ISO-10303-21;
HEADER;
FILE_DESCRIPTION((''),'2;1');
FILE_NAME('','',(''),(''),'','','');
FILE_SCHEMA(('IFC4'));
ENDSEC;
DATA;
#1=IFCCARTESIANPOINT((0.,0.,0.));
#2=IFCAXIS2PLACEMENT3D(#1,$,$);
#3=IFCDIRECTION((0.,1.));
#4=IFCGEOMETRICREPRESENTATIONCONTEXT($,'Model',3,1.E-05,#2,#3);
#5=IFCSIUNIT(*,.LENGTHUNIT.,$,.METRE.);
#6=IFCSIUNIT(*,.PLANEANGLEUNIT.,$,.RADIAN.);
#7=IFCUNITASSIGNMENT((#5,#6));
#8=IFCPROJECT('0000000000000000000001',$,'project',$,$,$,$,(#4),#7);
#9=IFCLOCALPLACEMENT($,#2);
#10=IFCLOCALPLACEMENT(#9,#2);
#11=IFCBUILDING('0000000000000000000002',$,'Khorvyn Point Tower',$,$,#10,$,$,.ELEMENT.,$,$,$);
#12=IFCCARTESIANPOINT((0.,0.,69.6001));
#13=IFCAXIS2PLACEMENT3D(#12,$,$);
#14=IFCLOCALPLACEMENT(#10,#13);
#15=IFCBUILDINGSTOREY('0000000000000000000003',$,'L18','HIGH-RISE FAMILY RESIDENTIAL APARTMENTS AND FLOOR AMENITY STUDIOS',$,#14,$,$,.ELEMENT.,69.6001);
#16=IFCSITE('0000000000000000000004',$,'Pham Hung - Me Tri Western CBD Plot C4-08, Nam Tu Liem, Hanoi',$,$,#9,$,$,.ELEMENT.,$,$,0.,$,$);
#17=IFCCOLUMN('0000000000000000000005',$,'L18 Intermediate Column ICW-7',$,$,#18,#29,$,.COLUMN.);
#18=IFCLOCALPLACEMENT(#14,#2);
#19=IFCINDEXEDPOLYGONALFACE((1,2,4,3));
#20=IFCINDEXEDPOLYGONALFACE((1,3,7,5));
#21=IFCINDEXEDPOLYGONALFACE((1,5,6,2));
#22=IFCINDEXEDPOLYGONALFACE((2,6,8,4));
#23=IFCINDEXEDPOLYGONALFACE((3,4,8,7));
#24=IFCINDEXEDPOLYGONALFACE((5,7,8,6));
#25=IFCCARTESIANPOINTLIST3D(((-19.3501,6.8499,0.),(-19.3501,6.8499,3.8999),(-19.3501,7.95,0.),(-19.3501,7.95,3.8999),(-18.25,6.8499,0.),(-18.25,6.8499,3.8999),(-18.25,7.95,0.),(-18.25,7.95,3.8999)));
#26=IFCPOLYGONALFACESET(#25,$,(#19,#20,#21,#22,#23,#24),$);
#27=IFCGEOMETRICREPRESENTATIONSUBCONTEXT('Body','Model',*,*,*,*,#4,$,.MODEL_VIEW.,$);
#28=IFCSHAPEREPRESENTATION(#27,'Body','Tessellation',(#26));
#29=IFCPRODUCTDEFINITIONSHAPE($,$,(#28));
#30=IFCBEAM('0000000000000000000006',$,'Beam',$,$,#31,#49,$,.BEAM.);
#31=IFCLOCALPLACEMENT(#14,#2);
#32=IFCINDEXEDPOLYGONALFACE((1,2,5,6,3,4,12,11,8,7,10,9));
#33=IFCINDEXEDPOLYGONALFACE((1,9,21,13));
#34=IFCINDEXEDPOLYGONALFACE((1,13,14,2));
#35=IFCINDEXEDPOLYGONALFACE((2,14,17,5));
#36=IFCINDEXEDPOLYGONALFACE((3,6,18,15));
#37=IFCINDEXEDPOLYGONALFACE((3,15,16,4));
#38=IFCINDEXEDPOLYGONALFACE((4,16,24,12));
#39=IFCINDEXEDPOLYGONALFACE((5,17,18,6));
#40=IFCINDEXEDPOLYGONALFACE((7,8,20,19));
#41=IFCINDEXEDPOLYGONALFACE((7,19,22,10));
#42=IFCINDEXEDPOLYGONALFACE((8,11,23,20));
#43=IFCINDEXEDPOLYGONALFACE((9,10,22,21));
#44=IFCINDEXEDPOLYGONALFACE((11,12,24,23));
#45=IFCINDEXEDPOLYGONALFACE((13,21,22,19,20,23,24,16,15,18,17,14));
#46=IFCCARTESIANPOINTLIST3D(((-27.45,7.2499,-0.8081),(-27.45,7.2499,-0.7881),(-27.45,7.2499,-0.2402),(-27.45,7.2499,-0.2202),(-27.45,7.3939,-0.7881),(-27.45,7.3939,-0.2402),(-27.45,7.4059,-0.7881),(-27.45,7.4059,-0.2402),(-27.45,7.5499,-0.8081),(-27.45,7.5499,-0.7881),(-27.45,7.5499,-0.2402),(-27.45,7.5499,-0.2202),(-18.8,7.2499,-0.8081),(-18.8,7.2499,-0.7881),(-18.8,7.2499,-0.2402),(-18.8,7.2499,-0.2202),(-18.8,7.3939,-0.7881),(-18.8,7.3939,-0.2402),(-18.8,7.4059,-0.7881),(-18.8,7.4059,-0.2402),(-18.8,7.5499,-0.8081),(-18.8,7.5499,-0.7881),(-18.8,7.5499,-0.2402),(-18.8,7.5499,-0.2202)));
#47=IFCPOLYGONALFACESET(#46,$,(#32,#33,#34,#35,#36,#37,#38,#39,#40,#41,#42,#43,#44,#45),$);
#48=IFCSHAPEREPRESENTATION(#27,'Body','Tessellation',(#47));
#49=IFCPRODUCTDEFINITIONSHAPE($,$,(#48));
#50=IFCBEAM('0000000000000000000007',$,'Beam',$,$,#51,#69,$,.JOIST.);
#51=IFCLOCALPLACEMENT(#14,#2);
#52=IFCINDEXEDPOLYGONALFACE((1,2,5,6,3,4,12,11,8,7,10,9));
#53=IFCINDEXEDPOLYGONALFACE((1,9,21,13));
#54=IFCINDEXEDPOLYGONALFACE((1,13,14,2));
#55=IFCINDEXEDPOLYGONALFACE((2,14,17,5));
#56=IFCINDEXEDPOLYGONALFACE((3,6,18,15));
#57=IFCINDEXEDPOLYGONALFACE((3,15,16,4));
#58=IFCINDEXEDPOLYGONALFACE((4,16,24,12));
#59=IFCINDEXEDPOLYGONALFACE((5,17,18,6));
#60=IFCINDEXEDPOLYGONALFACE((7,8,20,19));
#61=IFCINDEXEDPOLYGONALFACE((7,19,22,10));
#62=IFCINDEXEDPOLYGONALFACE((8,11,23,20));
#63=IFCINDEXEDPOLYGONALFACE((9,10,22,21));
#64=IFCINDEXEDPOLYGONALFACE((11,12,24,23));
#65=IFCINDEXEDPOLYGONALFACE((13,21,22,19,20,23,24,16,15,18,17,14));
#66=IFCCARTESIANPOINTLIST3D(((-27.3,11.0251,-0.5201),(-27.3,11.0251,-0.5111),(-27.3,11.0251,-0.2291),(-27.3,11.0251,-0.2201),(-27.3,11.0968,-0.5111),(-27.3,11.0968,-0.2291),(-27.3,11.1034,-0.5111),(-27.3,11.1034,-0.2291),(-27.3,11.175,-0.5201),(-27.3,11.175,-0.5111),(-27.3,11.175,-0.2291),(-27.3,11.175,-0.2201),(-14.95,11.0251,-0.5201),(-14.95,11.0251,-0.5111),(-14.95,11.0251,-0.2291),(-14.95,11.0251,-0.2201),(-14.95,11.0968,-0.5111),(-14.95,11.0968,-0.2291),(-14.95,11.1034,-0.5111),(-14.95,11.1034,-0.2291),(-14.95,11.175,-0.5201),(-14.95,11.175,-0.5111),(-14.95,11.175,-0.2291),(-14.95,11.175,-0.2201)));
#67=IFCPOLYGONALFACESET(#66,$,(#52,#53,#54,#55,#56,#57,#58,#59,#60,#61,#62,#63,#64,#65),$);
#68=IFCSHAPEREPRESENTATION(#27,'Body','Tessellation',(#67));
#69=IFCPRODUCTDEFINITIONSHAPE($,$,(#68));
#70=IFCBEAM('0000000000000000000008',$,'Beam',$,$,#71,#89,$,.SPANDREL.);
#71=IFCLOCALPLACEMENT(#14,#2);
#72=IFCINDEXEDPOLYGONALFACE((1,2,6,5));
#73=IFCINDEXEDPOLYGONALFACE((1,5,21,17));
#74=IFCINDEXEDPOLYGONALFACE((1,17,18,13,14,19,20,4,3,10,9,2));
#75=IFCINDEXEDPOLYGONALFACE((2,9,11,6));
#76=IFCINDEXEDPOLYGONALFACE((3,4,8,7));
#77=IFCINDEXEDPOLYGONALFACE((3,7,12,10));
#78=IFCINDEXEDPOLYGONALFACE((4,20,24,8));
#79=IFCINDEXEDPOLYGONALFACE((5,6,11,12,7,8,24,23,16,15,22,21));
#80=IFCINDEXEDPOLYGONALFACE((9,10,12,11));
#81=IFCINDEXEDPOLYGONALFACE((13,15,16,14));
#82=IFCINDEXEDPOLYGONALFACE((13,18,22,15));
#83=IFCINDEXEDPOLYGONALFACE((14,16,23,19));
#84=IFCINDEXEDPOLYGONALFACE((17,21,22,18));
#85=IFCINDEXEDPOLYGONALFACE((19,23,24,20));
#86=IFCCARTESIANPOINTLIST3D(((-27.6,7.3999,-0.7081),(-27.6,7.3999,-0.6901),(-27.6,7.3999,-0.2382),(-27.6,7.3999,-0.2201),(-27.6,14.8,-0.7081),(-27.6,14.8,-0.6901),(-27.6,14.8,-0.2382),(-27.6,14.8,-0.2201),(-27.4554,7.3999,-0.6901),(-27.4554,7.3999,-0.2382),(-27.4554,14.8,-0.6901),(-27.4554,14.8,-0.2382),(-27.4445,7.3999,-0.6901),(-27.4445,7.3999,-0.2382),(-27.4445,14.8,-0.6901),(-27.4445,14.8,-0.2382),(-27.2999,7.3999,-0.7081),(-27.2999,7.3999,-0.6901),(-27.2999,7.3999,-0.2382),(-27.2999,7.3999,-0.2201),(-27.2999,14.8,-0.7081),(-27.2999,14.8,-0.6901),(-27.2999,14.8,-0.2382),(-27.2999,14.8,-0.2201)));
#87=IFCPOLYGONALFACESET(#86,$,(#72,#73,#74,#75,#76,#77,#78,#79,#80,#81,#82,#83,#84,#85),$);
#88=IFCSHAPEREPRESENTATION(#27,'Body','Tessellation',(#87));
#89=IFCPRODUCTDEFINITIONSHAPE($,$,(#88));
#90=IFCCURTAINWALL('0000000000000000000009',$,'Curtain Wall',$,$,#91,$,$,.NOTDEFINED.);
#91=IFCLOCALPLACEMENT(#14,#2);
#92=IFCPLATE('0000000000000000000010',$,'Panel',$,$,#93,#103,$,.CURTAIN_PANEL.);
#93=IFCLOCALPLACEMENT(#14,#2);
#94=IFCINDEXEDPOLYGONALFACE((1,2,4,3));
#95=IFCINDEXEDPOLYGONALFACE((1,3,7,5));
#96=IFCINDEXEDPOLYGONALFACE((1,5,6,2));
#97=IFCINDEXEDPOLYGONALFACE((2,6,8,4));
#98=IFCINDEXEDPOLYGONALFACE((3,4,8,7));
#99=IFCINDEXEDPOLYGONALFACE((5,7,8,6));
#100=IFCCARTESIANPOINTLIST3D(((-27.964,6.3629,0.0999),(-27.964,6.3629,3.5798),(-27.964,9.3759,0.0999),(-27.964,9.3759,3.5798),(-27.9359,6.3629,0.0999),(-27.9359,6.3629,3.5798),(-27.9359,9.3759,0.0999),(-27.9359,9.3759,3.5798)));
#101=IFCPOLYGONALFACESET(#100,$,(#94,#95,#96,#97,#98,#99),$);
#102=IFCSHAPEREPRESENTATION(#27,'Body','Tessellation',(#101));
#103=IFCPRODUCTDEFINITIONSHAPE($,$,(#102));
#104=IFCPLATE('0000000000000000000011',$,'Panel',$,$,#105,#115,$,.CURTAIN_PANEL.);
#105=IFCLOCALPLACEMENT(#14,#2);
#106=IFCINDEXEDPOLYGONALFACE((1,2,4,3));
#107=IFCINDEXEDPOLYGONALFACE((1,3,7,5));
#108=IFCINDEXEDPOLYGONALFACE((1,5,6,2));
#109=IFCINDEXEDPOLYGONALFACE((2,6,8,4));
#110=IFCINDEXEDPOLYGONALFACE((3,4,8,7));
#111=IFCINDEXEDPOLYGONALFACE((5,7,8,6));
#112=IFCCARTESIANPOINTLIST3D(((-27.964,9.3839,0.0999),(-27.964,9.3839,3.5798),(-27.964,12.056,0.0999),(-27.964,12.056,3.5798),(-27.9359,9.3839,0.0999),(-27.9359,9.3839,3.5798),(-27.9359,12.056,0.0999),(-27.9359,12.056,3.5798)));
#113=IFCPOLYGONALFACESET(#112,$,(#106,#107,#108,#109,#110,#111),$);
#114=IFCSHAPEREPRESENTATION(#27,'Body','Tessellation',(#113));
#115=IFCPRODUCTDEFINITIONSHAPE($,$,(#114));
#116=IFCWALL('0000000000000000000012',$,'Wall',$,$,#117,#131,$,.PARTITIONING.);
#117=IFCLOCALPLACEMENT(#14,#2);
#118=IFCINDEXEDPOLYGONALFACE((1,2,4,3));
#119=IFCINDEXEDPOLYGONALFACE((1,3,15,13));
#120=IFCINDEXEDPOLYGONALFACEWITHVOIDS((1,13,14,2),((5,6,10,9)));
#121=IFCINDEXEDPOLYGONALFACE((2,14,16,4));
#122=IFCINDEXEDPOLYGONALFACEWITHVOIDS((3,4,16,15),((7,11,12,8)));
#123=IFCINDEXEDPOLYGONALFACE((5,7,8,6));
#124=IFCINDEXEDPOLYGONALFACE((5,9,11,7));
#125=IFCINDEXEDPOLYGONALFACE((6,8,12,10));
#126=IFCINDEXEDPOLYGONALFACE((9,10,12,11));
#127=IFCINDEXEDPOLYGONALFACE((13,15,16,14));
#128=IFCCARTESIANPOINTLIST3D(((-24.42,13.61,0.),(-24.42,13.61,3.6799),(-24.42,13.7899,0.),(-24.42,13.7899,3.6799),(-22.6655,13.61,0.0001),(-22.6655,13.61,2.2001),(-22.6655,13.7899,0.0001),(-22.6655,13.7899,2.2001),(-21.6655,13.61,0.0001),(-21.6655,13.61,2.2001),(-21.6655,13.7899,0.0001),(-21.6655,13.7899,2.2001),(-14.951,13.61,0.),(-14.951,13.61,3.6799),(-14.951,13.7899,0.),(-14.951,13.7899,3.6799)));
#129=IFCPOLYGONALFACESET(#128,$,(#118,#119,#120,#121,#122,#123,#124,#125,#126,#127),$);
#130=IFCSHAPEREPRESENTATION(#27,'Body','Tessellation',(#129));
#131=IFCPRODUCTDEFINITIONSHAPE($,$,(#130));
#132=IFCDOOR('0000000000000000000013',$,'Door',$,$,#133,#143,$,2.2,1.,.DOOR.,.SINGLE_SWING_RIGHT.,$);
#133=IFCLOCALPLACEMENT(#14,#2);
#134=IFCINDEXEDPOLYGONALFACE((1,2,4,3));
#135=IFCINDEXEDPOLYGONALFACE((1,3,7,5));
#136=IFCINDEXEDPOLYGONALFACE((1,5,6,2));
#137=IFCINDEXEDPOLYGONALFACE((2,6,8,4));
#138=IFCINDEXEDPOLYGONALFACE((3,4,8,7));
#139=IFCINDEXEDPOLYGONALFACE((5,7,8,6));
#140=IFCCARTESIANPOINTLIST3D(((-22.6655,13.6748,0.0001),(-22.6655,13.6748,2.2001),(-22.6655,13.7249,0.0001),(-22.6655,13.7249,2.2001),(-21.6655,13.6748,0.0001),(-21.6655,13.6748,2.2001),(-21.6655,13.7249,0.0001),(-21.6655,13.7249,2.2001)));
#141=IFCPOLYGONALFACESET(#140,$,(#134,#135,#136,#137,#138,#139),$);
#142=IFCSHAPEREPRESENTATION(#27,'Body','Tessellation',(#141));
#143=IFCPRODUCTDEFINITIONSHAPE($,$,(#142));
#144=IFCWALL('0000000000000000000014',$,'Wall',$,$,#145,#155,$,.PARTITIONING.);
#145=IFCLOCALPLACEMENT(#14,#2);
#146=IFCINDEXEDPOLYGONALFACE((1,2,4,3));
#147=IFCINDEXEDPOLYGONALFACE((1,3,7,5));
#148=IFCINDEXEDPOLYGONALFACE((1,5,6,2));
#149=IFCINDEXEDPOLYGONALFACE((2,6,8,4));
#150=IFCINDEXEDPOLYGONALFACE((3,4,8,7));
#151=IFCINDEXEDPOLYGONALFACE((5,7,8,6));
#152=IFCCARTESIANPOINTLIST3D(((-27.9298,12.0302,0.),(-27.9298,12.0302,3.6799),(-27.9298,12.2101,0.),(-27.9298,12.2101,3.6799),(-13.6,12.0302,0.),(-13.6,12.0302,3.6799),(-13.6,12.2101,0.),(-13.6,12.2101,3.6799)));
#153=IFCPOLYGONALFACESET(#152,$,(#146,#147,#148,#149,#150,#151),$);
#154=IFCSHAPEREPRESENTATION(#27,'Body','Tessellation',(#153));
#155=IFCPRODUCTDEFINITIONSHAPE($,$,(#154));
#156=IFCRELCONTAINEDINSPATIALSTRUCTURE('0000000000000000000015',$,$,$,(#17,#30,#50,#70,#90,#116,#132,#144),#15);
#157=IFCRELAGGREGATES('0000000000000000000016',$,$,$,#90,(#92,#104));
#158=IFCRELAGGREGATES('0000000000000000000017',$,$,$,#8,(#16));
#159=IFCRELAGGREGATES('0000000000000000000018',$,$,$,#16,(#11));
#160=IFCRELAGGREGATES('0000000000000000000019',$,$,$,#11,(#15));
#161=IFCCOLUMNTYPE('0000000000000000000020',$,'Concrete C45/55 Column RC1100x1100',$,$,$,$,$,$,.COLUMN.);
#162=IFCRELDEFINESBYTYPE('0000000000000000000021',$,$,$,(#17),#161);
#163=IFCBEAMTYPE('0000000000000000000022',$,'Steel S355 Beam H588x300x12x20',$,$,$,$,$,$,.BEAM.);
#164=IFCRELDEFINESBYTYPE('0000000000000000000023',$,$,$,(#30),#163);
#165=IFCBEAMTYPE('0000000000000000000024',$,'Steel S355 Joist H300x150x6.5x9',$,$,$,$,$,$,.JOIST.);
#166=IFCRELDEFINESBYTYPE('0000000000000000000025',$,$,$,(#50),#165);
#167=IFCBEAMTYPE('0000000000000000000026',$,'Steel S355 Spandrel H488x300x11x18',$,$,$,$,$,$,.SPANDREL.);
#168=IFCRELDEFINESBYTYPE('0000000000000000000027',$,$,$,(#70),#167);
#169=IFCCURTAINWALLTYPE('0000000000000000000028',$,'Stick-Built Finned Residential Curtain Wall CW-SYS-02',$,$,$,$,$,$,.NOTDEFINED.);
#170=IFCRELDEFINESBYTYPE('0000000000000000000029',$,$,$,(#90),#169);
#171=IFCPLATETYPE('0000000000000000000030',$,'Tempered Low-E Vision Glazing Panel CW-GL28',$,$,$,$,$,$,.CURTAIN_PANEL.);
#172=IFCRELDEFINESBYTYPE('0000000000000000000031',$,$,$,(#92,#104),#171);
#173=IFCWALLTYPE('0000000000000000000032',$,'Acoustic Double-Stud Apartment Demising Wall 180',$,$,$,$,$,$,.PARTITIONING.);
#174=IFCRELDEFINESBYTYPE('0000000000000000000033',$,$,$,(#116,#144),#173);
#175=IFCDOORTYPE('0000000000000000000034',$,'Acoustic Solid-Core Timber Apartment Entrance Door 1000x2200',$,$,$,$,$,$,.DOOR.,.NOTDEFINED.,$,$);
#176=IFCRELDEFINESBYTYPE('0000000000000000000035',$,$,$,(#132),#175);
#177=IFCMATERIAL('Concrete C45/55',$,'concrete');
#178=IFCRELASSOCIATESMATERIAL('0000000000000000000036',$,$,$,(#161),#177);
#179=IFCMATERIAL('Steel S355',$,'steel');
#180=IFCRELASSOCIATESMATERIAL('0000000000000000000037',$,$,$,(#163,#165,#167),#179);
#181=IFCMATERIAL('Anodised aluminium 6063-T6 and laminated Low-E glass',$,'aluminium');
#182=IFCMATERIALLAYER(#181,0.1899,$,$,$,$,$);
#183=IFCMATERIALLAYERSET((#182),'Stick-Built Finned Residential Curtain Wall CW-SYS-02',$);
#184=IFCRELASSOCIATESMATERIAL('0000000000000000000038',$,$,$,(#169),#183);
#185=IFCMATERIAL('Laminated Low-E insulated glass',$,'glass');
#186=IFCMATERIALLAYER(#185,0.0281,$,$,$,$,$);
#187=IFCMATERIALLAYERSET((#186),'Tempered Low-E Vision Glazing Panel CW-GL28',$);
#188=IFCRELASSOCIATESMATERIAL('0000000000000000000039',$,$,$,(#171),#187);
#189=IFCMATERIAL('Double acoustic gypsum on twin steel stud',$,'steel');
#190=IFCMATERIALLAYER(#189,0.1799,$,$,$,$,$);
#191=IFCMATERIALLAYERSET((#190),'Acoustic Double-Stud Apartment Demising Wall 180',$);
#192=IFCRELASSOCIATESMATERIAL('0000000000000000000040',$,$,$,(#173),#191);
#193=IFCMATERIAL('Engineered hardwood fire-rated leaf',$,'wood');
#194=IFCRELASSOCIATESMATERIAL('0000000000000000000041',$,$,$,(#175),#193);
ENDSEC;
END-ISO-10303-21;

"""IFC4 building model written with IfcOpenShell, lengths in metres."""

from ifc_helpers import new_model, si_unit, direction, frame, frame_2d, origin, origin_2d, place, context, subcontext, project, spatial, rectangle, i_section, extrude, material, layer, layer_set, material_profile, profile_set, type_object, element, fill, aggregate, save


model = new_model("IFC4")

# Units and contexts
model_context = context("Model", 3, precision=1e-05, world=origin(), true_north=direction((0.0, 1.0)))
body_context = subcontext(model_context, "Body", "Model", "MODEL_VIEW")
ifc_project = project(units=[si_unit("LENGTHUNIT", "METRE"), si_unit("PLANEANGLEUNIT", "RADIAN")], contexts=[model_context])

# Site, building, storey
site_placement = place(None, origin())
site = spatial("IfcSite", under=ifc_project, at=site_placement, Name="Pham Hung - Me Tri Western CBD Plot C4-08, Nam Tu Liem, Hanoi", CompositionType="ELEMENT", RefElevation=0.0)
building_placement = place(site_placement, origin())
building = spatial("IfcBuilding", under=site, at=building_placement, Name="Khorvyn Point Tower", CompositionType="ELEMENT")
storey_placement = place(building_placement, frame((0.0, 0.0, 69.6001)))
storey = spatial("IfcBuildingStorey", under=building, at=storey_placement, Name="L18", Description="HIGH-RISE FAMILY RESIDENTIAL APARTMENTS AND FLOOR AMENITY STUDIOS", CompositionType="ELEMENT", Elevation=69.6001)

# Column
ifc_material_1 = material(Name="Concrete C45/55", Category="concrete")
ifc_material_profile_1 = material_profile(ifc_material_1, rectangle(XDim=1.1001, YDim=1.1001, at=origin_2d()))
ifc_profile_set_1 = profile_set([ifc_material_profile_1], Name="Concrete C45/55 RC1100x1100")
column_type = type_object("IfcColumnType", Name="Concrete C45/55 Column RC1100x1100", PredefinedType="COLUMN", material=ifc_profile_set_1)
column_placement = place(storey_placement, frame((-18.8, 7.3999, 0.0), z_axis=(0.0, 0.0, 1.0), x_axis=(1.0, 0.0, 0.0)))
element("IfcColumn", 1, at=column_placement, inside=storey, type_object=column_type, Name="L18 Intermediate Column ICW-7", PredefinedType="COLUMN", context=body_context, shape_type="SweptSolid", body=[
    extrude(rectangle(XDim=1.1001, YDim=1.1001, at=origin_2d()), origin(), (0.0, 0.0, 1.0), 3.8999),
])

# Beams
ifc_material_2 = material(Name="Steel S355", Category="steel")
ifc_material_profile_2 = material_profile(ifc_material_2, i_section(OverallWidth=0.3, OverallDepth=0.5879, WebThickness=0.012, FlangeThickness=0.02, at=origin_2d()))
ifc_profile_set_2 = profile_set([ifc_material_profile_2], Name="Steel S355 H588x300x12x20")
beam_type_1 = type_object("IfcBeamType", Name="Steel S355 Beam H588x300x12x20", PredefinedType="BEAM", material=ifc_profile_set_2)
beam_1_placement = place(storey_placement, frame((-27.45, 7.3999, -0.5142), z_axis=(1.0, 0.0, 0.0), x_axis=(0.0, 1.0, 0.0)))
element("IfcBeam", 2, at=beam_1_placement, inside=storey, type_object=beam_type_1, Name="Beam", PredefinedType="BEAM", context=body_context, shape_type="SweptSolid", body=[
    extrude(i_section(OverallWidth=0.3, OverallDepth=0.5879, WebThickness=0.012, FlangeThickness=0.02, at=origin_2d()), origin(), (0.0, 0.0, 1.0), 8.6499),
])
ifc_material_profile_3 = material_profile(ifc_material_2, i_section(OverallWidth=0.1499, OverallDepth=0.3, WebThickness=0.0066, FlangeThickness=0.009, at=origin_2d()))
ifc_profile_set_3 = profile_set([ifc_material_profile_3], Name="Steel S355 H300x150x6.5x9")
beam_type_2 = type_object("IfcBeamType", Name="Steel S355 Joist H300x150x6.5x9", PredefinedType="JOIST", material=ifc_profile_set_3)
beam_2_placement = place(storey_placement, frame((-27.3, 11.1001, -0.3701), z_axis=(1.0, 0.0, 0.0), x_axis=(0.0, 1.0, 0.0)))
element("IfcBeam", 3, at=beam_2_placement, inside=storey, type_object=beam_type_2, Name="Beam", PredefinedType="JOIST", context=body_context, shape_type="SweptSolid", body=[
    extrude(i_section(OverallWidth=0.1499, OverallDepth=0.3, WebThickness=0.0066, FlangeThickness=0.009, at=origin_2d()), origin(), (0.0, 0.0, 1.0), 12.3501),
])
ifc_material_profile_4 = material_profile(ifc_material_2, i_section(OverallWidth=0.3, OverallDepth=0.488, WebThickness=0.011, FlangeThickness=0.0181, at=origin_2d()))
ifc_profile_set_4 = profile_set([ifc_material_profile_4], Name="Steel S355 H488x300x11x18")
beam_type_3 = type_object("IfcBeamType", Name="Steel S355 Spandrel H488x300x11x18", PredefinedType="SPANDREL", material=ifc_profile_set_4)
beam_3_placement = place(storey_placement, frame((-27.45, 7.3999, -0.4641), z_axis=(0.0, 1.0, 0.0), x_axis=(-1.0, 0.0, 0.0)))
element("IfcBeam", 4, at=beam_3_placement, inside=storey, type_object=beam_type_3, Name="Beam", PredefinedType="SPANDREL", context=body_context, shape_type="SweptSolid", body=[
    extrude(i_section(OverallWidth=0.3, OverallDepth=0.488, WebThickness=0.011, FlangeThickness=0.0181, at=origin_2d()), origin(), (0.0, 0.0, 1.0), 7.4001),
])

# Curtain wall, plates
ifc_material_3 = material(Name="Anodised aluminium 6063-T6 and laminated Low-E glass", Category="aluminium")
ifc_layer_1 = layer(ifc_material_3, 0.1899)
ifc_layer_set_1 = layer_set([ifc_layer_1], Name="Stick-Built Finned Residential Curtain Wall CW-SYS-02")
curtain_wall_type = type_object("IfcCurtainWallType", Name="Stick-Built Finned Residential Curtain Wall CW-SYS-02", PredefinedType="NOTDEFINED", material=ifc_layer_set_1)
curtain_wall_placement = place(storey_placement, origin())
curtain_wall = element("IfcCurtainWall", 5, at=curtain_wall_placement, inside=storey, type_object=curtain_wall_type, Name="Curtain Wall", PredefinedType="NOTDEFINED")
ifc_material_4 = material(Name="Laminated Low-E insulated glass", Category="glass")
ifc_layer_2 = layer(ifc_material_4, 0.0281)
ifc_layer_set_2 = layer_set([ifc_layer_2], Name="Tempered Low-E Vision Glazing Panel CW-GL28")
plate_type = type_object("IfcPlateType", Name="Tempered Low-E Vision Glazing Panel CW-GL28", PredefinedType="CURTAIN_PANEL", material=ifc_layer_set_2)
plate_1_placement = place(storey_placement, frame((-27.95, 7.8694, 0.0999), z_axis=(0.0, 0.0, 1.0), x_axis=(0.0, 1.0, 0.0)))
plate_1 = element("IfcPlate", 6, at=plate_1_placement, type_object=plate_type, Name="Panel", PredefinedType="CURTAIN_PANEL", context=body_context, shape_type="SweptSolid", body=[
    extrude(rectangle(XDim=3.0129, YDim=0.0281, at=origin_2d()), origin(), (0.0, 0.0, 1.0), 3.48),
])
plate_2_placement = place(storey_placement, frame((-27.95, 10.72, 0.0999), z_axis=(0.0, 0.0, 1.0), x_axis=(0.0, 1.0, 0.0)))
plate_2 = element("IfcPlate", 7, at=plate_2_placement, type_object=plate_type, Name="Panel", PredefinedType="CURTAIN_PANEL", context=body_context, shape_type="SweptSolid", body=[
    extrude(rectangle(XDim=2.6721, YDim=0.0281, at=origin_2d()), origin(), (0.0, 0.0, 1.0), 3.48),
])
aggregate(curtain_wall, [plate_1, plate_2])

# Wall, opening, door
ifc_material_5 = material(Name="Double acoustic gypsum on twin steel stud", Category="steel")
ifc_layer_3 = layer(ifc_material_5, 0.1799)
ifc_layer_set_3 = layer_set([ifc_layer_3], Name="Acoustic Double-Stud Apartment Demising Wall 180")
wall_type_1 = type_object("IfcWallType", Name="Acoustic Double-Stud Apartment Demising Wall 180", PredefinedType="PARTITIONING", material=ifc_layer_set_3)
wall_1_placement = place(storey_placement, frame((-24.4199, 13.7, 0.0), z_axis=(0.0, 0.0, 1.0), x_axis=(1.0, 0.0, 0.0)))
wall_1 = element("IfcWall", 8, at=wall_1_placement, inside=storey, type_object=wall_type_1, Name="Wall", PredefinedType="PARTITIONING", context=body_context, shape_type="SweptSolid", body=[
    extrude(rectangle(XDim=9.469, YDim=0.1799, at=frame_2d((4.7344, 0.0))), origin(), (0.0, 0.0, 1.0), 3.6799),
])
opening_1_placement = place(wall_1_placement, frame((1.7544, 0.0, 0.0)))
opening_1 = element("IfcOpeningElement", 9, at=opening_1_placement, cuts=wall_1, PredefinedType="OPENING", context=body_context, shape_type="SweptSolid", body=[
    extrude(rectangle(XDim=1.0, YDim=2.2, at=frame_2d((0.5, 1.1001))), frame((0.0, 0.0999, 0.0), z_axis=(0.0, -1.0, 0.0), x_axis=(1.0, 0.0, 0.0)), (0.0, 0.0, 1.0), 0.2),
])
ifc_material_6 = material(Name="Engineered hardwood fire-rated leaf", Category="wood")
door_type_1 = type_object("IfcDoorType", Name="Acoustic Solid-Core Timber Apartment Entrance Door 1000x2200", OperationType="NOTDEFINED", PredefinedType="DOOR", material=ifc_material_6)
door_1_placement = place(opening_1_placement, origin())
door_1 = element("IfcDoor", 10, at=door_1_placement, inside=storey, type_object=door_type_1, Name="Door", OperationType="SINGLE_SWING_RIGHT", OverallHeight=2.2, OverallWidth=1.0, PredefinedType="DOOR", context=body_context, shape_type="SweptSolid", body=[
    extrude(rectangle(XDim=1.0, YDim=2.2, at=frame_2d((0.5, 1.1001))), frame((0.0, 0.0249, 0.0), z_axis=(0.0, -1.0, 0.0), x_axis=(1.0, 0.0, 0.0)), (0.0, 0.0, 1.0), 0.05),
])
fill(opening_1, door_1)

# Wall
wall_2_placement = place(storey_placement, frame((-27.9299, 12.1201, 0.0), z_axis=(0.0, 0.0, 1.0), x_axis=(1.0, 0.0, 0.0)))
element("IfcWall", 11, at=wall_2_placement, inside=storey, type_object=wall_type_1, Name="Wall", PredefinedType="PARTITIONING", context=body_context, shape_type="SweptSolid", body=[
    extrude(rectangle(XDim=14.3298, YDim=0.1799, at=frame_2d((7.165, 0.0))), origin(), (0.0, 0.0, 1.0), 3.6799),
])

save(model, "model.ifc")
